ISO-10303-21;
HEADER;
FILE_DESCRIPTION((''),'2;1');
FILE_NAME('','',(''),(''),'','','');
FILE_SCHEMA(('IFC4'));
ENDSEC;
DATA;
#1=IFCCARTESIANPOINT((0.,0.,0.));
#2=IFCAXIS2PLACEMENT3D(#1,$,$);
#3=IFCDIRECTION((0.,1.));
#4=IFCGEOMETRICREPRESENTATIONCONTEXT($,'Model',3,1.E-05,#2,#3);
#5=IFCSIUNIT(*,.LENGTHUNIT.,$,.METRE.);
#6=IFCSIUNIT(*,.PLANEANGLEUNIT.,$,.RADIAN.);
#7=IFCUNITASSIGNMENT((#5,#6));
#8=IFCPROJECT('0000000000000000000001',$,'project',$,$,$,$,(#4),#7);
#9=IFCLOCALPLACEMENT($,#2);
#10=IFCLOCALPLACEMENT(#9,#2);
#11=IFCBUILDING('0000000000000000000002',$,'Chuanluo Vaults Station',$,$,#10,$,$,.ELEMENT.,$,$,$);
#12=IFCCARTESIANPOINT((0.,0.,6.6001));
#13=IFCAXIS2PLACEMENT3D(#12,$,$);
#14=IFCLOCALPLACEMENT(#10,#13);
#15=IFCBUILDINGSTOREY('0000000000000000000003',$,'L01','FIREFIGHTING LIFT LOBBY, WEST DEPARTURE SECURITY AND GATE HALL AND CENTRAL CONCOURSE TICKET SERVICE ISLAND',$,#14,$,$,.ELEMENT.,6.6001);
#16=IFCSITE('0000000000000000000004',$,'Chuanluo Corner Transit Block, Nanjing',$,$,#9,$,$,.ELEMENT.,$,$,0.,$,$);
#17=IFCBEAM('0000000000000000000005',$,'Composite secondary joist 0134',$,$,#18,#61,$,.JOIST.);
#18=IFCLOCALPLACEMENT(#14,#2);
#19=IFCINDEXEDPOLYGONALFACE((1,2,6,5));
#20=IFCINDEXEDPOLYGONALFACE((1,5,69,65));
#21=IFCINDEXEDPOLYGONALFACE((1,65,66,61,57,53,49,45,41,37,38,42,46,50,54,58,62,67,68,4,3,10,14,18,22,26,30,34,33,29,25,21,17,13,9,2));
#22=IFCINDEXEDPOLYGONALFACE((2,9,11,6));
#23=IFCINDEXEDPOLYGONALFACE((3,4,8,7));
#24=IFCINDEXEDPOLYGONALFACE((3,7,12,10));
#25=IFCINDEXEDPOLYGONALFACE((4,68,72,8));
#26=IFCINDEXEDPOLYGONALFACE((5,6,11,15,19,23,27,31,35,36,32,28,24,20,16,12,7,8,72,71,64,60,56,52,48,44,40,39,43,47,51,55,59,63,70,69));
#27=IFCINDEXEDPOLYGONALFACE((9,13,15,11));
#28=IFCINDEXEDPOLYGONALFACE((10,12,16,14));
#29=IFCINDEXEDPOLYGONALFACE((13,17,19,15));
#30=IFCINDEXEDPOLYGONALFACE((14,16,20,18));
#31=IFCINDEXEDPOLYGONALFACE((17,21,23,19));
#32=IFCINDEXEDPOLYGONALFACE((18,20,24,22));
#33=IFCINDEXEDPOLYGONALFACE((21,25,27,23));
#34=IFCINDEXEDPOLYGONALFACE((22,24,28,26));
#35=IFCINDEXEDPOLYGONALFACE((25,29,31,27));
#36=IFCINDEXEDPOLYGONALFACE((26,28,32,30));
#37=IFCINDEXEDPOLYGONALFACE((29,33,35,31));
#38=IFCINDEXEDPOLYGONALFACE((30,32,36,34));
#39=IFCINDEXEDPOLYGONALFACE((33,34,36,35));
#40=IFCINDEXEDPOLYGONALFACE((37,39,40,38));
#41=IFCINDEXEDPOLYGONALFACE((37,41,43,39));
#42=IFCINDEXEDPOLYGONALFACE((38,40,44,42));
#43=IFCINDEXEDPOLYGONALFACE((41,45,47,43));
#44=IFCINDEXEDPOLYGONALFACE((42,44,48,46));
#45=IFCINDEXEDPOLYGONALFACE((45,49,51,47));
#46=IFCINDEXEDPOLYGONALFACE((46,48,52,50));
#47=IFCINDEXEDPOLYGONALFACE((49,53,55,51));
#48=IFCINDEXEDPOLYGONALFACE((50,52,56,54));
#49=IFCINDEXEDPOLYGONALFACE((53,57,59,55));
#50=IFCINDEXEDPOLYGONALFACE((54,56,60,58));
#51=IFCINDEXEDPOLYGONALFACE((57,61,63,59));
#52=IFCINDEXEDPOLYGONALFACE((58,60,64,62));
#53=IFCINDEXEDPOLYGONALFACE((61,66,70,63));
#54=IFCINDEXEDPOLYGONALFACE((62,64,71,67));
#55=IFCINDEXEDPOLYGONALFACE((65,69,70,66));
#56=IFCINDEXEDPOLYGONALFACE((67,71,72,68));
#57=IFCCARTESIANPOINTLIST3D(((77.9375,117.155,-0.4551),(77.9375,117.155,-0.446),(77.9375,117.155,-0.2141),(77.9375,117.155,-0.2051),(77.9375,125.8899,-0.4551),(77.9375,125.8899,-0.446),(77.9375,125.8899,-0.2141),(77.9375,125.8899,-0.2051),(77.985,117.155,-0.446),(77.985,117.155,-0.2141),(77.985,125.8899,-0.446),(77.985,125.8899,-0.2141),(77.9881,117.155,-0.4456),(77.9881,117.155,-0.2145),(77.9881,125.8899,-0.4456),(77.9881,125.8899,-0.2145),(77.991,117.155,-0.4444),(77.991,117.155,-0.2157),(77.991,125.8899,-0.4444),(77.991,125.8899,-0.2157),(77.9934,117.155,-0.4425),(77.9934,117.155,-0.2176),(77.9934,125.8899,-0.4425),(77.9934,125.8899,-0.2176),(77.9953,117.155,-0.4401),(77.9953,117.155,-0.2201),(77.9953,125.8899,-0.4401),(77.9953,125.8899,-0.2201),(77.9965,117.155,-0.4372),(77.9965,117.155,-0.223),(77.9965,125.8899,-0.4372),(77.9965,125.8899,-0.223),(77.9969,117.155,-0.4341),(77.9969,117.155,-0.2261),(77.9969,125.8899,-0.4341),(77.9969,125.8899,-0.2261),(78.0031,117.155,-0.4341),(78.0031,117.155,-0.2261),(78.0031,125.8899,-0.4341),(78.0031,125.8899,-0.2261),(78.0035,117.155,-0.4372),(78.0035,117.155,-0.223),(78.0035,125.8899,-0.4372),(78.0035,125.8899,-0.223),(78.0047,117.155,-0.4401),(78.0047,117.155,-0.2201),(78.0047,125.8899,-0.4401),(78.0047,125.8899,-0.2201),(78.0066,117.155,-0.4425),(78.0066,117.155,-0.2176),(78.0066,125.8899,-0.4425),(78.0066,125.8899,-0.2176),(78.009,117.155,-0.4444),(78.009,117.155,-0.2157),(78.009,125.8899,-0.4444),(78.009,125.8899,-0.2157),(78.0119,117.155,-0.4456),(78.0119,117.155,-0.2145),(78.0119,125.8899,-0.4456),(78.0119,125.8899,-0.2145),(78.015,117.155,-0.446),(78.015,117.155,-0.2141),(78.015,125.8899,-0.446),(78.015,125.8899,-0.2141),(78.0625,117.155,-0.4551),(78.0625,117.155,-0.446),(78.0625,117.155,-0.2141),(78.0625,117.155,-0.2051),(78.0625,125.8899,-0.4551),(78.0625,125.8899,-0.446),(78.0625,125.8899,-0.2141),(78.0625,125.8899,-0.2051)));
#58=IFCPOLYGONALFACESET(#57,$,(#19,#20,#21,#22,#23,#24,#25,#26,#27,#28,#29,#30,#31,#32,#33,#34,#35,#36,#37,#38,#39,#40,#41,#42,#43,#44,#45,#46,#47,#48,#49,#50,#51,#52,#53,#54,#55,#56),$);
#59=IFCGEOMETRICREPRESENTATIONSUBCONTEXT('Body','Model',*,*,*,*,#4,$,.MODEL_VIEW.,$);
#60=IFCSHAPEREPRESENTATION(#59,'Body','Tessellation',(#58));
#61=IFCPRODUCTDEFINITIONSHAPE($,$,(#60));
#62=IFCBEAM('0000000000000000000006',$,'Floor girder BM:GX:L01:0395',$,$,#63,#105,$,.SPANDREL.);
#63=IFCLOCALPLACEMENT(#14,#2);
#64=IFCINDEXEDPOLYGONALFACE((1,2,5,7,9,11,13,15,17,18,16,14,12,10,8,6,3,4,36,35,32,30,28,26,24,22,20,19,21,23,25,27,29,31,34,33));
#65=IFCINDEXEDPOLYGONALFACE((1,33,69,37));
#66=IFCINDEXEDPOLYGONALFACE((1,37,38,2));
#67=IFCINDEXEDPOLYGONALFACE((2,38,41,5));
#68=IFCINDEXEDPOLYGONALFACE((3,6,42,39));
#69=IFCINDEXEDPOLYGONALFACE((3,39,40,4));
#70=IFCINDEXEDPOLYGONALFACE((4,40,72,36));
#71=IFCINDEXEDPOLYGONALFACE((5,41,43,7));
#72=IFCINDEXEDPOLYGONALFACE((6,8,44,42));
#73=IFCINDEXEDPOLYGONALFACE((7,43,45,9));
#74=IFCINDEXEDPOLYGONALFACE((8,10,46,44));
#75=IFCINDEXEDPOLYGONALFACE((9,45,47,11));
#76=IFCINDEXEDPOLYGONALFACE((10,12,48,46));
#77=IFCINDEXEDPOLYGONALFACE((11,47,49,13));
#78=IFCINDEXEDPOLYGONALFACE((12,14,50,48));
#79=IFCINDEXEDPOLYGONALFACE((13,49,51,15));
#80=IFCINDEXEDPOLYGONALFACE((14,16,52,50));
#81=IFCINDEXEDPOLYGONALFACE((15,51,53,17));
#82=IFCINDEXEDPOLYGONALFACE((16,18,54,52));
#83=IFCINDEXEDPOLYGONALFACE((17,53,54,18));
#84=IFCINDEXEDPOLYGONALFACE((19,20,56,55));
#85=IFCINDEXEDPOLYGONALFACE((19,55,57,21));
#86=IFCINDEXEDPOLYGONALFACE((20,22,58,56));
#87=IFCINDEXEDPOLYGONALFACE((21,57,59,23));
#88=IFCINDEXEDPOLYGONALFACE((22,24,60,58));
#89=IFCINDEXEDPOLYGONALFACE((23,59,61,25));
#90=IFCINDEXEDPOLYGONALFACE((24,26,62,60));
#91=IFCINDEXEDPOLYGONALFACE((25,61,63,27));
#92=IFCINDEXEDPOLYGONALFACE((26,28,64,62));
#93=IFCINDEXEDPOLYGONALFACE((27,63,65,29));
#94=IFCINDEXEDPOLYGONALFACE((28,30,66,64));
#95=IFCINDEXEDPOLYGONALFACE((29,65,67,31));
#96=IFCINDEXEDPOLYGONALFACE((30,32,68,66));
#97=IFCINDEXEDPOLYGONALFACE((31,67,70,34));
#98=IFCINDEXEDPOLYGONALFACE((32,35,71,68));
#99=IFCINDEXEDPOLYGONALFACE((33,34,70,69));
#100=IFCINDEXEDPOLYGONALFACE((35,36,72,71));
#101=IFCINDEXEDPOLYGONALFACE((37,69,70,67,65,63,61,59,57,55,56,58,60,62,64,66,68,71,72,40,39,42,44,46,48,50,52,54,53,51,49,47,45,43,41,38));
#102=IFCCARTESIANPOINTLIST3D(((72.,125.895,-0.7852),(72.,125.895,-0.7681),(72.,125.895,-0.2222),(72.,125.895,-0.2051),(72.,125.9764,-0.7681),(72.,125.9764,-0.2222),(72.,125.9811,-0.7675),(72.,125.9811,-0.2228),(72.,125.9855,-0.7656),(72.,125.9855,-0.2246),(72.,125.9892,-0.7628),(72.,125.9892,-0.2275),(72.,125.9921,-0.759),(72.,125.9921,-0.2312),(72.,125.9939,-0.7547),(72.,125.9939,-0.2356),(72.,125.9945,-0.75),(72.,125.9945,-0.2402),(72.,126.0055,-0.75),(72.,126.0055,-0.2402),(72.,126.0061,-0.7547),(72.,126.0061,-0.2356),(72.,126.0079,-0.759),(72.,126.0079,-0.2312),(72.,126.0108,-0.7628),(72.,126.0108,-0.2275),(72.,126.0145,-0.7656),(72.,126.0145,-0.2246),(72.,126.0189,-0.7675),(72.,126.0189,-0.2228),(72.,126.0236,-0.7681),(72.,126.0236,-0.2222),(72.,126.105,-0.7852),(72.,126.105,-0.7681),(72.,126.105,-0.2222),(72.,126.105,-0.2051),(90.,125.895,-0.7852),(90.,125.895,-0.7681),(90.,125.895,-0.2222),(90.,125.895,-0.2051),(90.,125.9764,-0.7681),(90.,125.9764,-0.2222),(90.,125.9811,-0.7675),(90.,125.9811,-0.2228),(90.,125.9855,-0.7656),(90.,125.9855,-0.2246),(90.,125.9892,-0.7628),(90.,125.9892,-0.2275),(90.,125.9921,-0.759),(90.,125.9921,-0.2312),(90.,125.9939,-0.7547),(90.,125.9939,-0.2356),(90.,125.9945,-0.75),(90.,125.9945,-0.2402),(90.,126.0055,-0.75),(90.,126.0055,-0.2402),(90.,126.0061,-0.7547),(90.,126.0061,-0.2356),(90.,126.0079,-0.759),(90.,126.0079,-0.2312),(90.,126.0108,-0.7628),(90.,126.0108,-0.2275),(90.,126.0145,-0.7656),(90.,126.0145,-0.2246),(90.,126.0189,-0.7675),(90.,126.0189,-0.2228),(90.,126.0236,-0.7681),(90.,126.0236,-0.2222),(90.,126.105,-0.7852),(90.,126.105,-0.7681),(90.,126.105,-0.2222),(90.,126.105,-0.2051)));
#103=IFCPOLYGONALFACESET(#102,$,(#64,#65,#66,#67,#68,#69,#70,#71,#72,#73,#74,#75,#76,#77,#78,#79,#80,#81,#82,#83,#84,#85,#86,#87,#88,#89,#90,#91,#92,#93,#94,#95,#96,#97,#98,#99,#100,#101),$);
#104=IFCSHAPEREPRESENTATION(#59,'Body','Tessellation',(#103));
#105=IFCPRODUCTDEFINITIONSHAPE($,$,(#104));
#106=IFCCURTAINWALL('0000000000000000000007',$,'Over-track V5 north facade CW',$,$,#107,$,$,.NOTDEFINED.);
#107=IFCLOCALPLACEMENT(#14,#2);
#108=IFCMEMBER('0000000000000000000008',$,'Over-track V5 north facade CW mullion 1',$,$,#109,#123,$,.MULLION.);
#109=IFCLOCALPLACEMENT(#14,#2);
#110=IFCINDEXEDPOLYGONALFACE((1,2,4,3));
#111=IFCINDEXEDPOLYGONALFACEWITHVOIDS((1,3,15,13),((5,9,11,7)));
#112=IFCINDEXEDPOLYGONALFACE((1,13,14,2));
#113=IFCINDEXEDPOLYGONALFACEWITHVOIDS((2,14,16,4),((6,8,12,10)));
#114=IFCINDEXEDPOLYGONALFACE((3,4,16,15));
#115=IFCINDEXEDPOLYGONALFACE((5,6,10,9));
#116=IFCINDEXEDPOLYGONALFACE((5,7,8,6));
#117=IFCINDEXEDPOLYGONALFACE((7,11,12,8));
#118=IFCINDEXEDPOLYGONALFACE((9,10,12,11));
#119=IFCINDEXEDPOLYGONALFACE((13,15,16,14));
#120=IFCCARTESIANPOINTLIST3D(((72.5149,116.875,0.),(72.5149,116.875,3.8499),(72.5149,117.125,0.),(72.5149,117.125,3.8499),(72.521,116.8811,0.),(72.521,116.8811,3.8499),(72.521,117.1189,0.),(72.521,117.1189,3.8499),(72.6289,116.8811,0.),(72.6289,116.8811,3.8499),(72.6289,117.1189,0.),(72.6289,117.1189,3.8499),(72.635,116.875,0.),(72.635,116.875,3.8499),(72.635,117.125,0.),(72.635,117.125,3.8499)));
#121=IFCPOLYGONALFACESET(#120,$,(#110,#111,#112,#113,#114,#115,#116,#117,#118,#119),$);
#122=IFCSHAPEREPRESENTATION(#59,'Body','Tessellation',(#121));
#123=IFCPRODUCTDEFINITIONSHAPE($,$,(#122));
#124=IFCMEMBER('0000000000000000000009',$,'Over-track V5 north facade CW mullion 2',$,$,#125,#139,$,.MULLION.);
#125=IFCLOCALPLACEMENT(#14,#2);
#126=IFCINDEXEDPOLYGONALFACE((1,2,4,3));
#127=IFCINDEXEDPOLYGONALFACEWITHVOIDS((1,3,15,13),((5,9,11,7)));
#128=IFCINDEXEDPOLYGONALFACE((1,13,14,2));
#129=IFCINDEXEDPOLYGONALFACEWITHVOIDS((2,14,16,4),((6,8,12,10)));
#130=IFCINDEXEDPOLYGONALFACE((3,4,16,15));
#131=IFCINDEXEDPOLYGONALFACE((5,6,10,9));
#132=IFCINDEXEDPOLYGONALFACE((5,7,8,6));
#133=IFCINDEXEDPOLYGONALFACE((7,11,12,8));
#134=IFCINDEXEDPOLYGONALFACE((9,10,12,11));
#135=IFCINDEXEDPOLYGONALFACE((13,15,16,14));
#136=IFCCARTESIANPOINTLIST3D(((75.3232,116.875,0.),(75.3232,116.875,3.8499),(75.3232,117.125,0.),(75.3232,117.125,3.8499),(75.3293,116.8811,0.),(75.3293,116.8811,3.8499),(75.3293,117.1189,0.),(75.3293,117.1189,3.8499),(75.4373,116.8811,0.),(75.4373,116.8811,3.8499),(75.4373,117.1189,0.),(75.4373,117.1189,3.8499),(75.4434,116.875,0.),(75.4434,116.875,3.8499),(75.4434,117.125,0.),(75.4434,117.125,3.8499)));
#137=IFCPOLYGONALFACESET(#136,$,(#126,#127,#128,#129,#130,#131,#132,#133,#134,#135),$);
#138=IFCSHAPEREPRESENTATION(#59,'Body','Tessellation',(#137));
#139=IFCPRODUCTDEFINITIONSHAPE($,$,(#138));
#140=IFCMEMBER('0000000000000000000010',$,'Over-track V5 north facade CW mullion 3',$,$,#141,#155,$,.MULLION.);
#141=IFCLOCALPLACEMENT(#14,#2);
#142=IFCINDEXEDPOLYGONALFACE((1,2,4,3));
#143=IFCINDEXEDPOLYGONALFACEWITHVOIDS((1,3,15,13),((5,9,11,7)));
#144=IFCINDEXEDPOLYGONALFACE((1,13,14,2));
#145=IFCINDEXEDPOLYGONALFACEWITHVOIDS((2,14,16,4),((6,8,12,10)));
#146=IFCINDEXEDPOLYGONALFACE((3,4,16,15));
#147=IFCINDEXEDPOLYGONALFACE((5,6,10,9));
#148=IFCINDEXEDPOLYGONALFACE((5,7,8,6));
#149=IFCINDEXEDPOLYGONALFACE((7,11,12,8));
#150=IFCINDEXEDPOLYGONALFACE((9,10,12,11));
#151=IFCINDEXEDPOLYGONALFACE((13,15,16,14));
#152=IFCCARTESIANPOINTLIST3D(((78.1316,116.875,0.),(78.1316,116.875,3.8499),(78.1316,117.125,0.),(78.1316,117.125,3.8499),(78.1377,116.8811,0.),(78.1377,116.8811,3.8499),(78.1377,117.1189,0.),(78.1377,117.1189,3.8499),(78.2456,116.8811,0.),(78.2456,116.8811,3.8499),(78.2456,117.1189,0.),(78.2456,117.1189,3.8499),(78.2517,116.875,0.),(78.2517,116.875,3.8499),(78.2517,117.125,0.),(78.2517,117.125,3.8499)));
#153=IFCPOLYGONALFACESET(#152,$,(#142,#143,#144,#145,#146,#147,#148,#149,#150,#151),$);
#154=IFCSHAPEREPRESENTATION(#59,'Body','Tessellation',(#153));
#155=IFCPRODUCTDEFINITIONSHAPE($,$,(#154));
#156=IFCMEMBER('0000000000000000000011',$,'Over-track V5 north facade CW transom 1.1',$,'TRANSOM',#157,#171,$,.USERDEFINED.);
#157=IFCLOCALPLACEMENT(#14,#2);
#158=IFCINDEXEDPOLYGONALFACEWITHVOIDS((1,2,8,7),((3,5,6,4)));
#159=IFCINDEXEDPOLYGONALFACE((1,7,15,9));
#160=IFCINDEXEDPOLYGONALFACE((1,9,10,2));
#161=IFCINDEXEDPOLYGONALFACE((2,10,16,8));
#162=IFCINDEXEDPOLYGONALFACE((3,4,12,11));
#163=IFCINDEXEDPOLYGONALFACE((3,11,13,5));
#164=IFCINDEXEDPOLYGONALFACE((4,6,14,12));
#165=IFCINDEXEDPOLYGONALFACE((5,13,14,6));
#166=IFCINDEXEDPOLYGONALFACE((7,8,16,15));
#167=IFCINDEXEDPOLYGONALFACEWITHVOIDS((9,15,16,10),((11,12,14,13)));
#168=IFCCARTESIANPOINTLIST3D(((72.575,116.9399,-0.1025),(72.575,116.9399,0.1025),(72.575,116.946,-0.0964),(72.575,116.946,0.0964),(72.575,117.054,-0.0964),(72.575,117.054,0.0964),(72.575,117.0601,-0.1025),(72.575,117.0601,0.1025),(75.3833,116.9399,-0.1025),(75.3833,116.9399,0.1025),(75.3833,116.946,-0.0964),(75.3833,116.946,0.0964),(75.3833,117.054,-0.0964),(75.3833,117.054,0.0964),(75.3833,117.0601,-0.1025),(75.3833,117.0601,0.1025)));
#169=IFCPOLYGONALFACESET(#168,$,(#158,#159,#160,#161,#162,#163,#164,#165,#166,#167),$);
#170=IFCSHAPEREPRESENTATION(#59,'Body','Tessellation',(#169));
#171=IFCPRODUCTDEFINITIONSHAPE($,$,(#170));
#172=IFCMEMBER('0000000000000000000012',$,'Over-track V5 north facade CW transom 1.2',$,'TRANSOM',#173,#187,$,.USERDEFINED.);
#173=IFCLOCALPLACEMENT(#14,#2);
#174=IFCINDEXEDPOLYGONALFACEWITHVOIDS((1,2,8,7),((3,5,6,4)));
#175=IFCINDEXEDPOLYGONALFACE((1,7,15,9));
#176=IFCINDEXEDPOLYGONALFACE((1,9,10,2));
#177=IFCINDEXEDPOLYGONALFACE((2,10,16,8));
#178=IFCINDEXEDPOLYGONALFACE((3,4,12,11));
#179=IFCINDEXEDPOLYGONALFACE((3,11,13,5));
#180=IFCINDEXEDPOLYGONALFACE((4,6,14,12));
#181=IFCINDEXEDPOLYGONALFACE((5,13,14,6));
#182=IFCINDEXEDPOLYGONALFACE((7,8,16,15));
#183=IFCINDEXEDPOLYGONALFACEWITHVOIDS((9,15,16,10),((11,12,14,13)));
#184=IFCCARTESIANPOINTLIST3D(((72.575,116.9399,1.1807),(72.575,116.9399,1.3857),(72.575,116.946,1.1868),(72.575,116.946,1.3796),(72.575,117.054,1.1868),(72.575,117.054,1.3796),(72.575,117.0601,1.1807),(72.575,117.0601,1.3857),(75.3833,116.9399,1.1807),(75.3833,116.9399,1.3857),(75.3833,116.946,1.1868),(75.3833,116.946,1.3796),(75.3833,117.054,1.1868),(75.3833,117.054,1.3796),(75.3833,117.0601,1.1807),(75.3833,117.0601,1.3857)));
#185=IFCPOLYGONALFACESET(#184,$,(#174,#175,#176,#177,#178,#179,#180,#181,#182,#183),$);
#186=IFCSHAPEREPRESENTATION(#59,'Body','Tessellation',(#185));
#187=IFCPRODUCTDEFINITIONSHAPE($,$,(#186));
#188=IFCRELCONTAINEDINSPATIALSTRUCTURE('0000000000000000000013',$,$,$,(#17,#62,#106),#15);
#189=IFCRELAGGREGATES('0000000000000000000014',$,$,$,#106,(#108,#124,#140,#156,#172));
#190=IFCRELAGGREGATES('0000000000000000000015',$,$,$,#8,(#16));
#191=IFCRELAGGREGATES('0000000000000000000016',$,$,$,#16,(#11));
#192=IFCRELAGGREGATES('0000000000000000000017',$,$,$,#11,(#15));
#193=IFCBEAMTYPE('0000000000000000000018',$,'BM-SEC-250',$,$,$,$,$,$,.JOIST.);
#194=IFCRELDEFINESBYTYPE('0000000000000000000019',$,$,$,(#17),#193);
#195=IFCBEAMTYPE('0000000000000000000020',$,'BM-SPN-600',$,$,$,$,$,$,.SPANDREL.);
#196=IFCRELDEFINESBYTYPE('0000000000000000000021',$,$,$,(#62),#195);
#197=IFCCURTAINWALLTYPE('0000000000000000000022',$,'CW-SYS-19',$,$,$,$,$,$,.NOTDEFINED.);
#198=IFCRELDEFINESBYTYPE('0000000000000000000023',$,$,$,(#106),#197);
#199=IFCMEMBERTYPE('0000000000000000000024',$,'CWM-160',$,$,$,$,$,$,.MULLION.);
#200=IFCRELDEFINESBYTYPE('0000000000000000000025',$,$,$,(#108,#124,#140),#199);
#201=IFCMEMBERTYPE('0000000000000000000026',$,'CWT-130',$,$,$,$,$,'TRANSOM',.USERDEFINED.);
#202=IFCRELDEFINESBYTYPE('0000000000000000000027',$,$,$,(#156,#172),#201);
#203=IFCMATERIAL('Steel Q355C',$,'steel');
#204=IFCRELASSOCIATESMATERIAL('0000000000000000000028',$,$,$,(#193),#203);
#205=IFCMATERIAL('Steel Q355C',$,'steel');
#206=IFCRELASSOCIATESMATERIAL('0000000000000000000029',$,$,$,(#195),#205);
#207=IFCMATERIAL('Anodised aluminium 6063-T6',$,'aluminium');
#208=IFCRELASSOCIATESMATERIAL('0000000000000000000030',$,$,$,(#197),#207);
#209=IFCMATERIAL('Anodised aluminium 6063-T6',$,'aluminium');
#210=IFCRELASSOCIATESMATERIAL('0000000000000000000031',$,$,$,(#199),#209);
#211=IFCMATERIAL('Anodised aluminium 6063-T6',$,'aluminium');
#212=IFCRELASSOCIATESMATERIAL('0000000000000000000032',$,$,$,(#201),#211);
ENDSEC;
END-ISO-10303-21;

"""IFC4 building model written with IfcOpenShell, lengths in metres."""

from ifc_helpers import new_model, si_unit, direction, frame, origin, origin_2d, place, context, subcontext, project, spatial, hollow_rectangle, i_section, extrude, material, material_profile, profile_set, type_object, element, aggregate, save


model = new_model("IFC4")

# Units and contexts
model_context = context("Model", 3, precision=1e-05, world=origin(), true_north=direction((0.0, 1.0)))
body_context = subcontext(model_context, "Body", "Model", "MODEL_VIEW")
ifc_project = project(units=[si_unit("LENGTHUNIT", "METRE"), si_unit("PLANEANGLEUNIT", "RADIAN")], contexts=[model_context])

# Site, building, storey
site_placement = place(None, origin())
site = spatial("IfcSite", under=ifc_project, at=site_placement, Name="Chuanluo Corner Transit Block, Nanjing", CompositionType="ELEMENT", RefElevation=0.0)
building_placement = place(site_placement, origin())
building = spatial("IfcBuilding", under=site, at=building_placement, Name="Chuanluo Vaults Station", CompositionType="ELEMENT")
storey_placement = place(building_placement, frame((0.0, 0.0, 6.6001)))
storey = spatial("IfcBuildingStorey", under=building, at=storey_placement, Name="L01", Description="FIREFIGHTING LIFT LOBBY, WEST DEPARTURE SECURITY AND GATE HALL AND CENTRAL CONCOURSE TICKET SERVICE ISLAND", CompositionType="ELEMENT", Elevation=6.6001)

# Beams
ifc_material_1 = material(Name="Steel Q355C", Category="steel")
ifc_material_profile_1 = material_profile(ifc_material_1, i_section(OverallWidth=0.125, OverallDepth=0.25, WebThickness=0.0061, FlangeThickness=0.009, FilletRadius=0.012, at=origin_2d()))
ifc_profile_set_1 = profile_set([ifc_material_profile_1], Name="Steel Q355C")
beam_type_1 = type_object("IfcBeamType", Name="BM-SEC-250", PredefinedType="JOIST", material=ifc_profile_set_1)
for number, where, z_axis, x_axis, name in (
    (1, (78.0, 117.155, -0.3301), (0.0, 1.0, 0.0), (-1.0, 0.0, 0.0), "Composite secondary joist 0134"),
):
    element("IfcBeam", number, at=place(storey_placement, frame(where, z_axis=z_axis, x_axis=x_axis)), inside=storey, type_object=beam_type_1, Name=name, PredefinedType="JOIST", context=body_context, shape_type="SweptSolid", body=[
        extrude(i_section(OverallWidth=0.125, OverallDepth=0.25, WebThickness=0.0061, FlangeThickness=0.009, FilletRadius=0.012, at=origin_2d()), origin(), (0.0, 0.0, 1.0), 8.7349),
    ])
ifc_material_2 = material(Name="Steel Q355C", Category="steel")
ifc_material_profile_2 = material_profile(ifc_material_2, i_section(OverallWidth=0.21, OverallDepth=0.5801, WebThickness=0.011, FlangeThickness=0.0171, FilletRadius=0.0181, at=origin_2d()))
ifc_profile_set_2 = profile_set([ifc_material_profile_2], Name="Steel Q355C")
beam_type_2 = type_object("IfcBeamType", Name="BM-SPN-600", PredefinedType="SPANDREL", material=ifc_profile_set_2)
beam_1_placement = place(storey_placement, frame((72.0, 126.0, -0.4951), z_axis=(1.0, 0.0, 0.0), x_axis=(0.0, 1.0, 0.0)))
element("IfcBeam", 2, at=beam_1_placement, inside=storey, type_object=beam_type_2, Name="Floor girder BM:GX:L01:0395", PredefinedType="SPANDREL", context=body_context, shape_type="SweptSolid", body=[
    extrude(i_section(OverallWidth=0.21, OverallDepth=0.5801, WebThickness=0.011, FlangeThickness=0.0171, FilletRadius=0.0181, at=origin_2d()), origin(), (0.0, 0.0, 1.0), 18.0),
])

# Curtain wall, members
ifc_material_3 = material(Name="Anodised aluminium 6063-T6", Category="aluminium")
curtain_wall_type = type_object("IfcCurtainWallType", Name="CW-SYS-19", PredefinedType="NOTDEFINED", material=ifc_material_3)
curtain_wall_placement = place(storey_placement, origin())
curtain_wall = element("IfcCurtainWall", 3, at=curtain_wall_placement, inside=storey, type_object=curtain_wall_type, Name="Over-track V5 north facade CW", PredefinedType="NOTDEFINED")
ifc_material_4 = material(Name="Anodised aluminium 6063-T6", Category="aluminium")
ifc_material_profile_3 = material_profile(ifc_material_4, hollow_rectangle(XDim=0.1201, YDim=0.25, WallThickness=0.0061, at=origin_2d()))
ifc_profile_set_3 = profile_set([ifc_material_profile_3], Name="Anodised aluminium 6063-T6")
member_type_1 = type_object("IfcMemberType", Name="CWM-160", PredefinedType="MULLION", material=ifc_profile_set_3)
member_1_placement = place(storey_placement, frame((72.575, 117.0, 0.0), z_axis=(0.0, 0.0, 1.0), x_axis=(1.0, 0.0, 0.0)))
member_1 = element("IfcMember", 4, at=member_1_placement, type_object=member_type_1, Name="Over-track V5 north facade CW mullion 1", PredefinedType="MULLION", context=body_context, shape_type="SweptSolid", body=[
    extrude(hollow_rectangle(XDim=0.1201, YDim=0.25, WallThickness=0.0061, at=origin_2d()), origin(), (0.0, 0.0, 1.0), 3.8499),
])
member_2_placement = place(storey_placement, frame((75.3833, 117.0, 0.0), z_axis=(0.0, 0.0, 1.0), x_axis=(1.0, 0.0, 0.0)))
member_2 = element("IfcMember", 5, at=member_2_placement, type_object=member_type_1, Name="Over-track V5 north facade CW mullion 2", PredefinedType="MULLION", context=body_context, shape_type="SweptSolid", body=[
    extrude(hollow_rectangle(XDim=0.1201, YDim=0.25, WallThickness=0.0061, at=origin_2d()), origin(), (0.0, 0.0, 1.0), 3.8499),
])
member_3_placement = place(storey_placement, frame((78.1917, 117.0, 0.0), z_axis=(0.0, 0.0, 1.0), x_axis=(1.0, 0.0, 0.0)))
member_3 = element("IfcMember", 6, at=member_3_placement, type_object=member_type_1, Name="Over-track V5 north facade CW mullion 3", PredefinedType="MULLION", context=body_context, shape_type="SweptSolid", body=[
    extrude(hollow_rectangle(XDim=0.1201, YDim=0.25, WallThickness=0.0061, at=origin_2d()), origin(), (0.0, 0.0, 1.0), 3.8499),
])
ifc_material_5 = material(Name="Anodised aluminium 6063-T6", Category="aluminium")
ifc_material_profile_4 = material_profile(ifc_material_5, hollow_rectangle(XDim=0.1201, YDim=0.2051, WallThickness=0.0061, at=origin_2d()))
ifc_profile_set_4 = profile_set([ifc_material_profile_4], Name="Anodised aluminium 6063-T6")
member_type_2 = type_object("IfcMemberType", Name="CWT-130", ElementType="TRANSOM", PredefinedType="USERDEFINED", material=ifc_profile_set_4)
member_4_placement = place(storey_placement, frame((72.575, 117.0, 0.0), z_axis=(1.0, 0.0, 0.0), x_axis=(0.0, 1.0, 0.0)))
member_4 = element("IfcMember", 7, at=member_4_placement, type_object=member_type_2, Name="Over-track V5 north facade CW transom 1.1", ObjectType="TRANSOM", PredefinedType="USERDEFINED", context=body_context, shape_type="SweptSolid", body=[
    extrude(hollow_rectangle(XDim=0.1201, YDim=0.2051, WallThickness=0.0061, at=origin_2d()), origin(), (0.0, 0.0, 1.0), 2.8083),
])
member_5_placement = place(storey_placement, frame((72.575, 117.0, 1.2832), z_axis=(1.0, 0.0, 0.0), x_axis=(0.0, 1.0, 0.0)))
member_5 = element("IfcMember", 8, at=member_5_placement, type_object=member_type_2, Name="Over-track V5 north facade CW transom 1.2", ObjectType="TRANSOM", PredefinedType="USERDEFINED", context=body_context, shape_type="SweptSolid", body=[
    extrude(hollow_rectangle(XDim=0.1201, YDim=0.2051, WallThickness=0.0061, at=origin_2d()), origin(), (0.0, 0.0, 1.0), 2.8083),
])
aggregate(curtain_wall, [member_1, member_2, member_3, member_4, member_5])

save(model, "model.ifc")
